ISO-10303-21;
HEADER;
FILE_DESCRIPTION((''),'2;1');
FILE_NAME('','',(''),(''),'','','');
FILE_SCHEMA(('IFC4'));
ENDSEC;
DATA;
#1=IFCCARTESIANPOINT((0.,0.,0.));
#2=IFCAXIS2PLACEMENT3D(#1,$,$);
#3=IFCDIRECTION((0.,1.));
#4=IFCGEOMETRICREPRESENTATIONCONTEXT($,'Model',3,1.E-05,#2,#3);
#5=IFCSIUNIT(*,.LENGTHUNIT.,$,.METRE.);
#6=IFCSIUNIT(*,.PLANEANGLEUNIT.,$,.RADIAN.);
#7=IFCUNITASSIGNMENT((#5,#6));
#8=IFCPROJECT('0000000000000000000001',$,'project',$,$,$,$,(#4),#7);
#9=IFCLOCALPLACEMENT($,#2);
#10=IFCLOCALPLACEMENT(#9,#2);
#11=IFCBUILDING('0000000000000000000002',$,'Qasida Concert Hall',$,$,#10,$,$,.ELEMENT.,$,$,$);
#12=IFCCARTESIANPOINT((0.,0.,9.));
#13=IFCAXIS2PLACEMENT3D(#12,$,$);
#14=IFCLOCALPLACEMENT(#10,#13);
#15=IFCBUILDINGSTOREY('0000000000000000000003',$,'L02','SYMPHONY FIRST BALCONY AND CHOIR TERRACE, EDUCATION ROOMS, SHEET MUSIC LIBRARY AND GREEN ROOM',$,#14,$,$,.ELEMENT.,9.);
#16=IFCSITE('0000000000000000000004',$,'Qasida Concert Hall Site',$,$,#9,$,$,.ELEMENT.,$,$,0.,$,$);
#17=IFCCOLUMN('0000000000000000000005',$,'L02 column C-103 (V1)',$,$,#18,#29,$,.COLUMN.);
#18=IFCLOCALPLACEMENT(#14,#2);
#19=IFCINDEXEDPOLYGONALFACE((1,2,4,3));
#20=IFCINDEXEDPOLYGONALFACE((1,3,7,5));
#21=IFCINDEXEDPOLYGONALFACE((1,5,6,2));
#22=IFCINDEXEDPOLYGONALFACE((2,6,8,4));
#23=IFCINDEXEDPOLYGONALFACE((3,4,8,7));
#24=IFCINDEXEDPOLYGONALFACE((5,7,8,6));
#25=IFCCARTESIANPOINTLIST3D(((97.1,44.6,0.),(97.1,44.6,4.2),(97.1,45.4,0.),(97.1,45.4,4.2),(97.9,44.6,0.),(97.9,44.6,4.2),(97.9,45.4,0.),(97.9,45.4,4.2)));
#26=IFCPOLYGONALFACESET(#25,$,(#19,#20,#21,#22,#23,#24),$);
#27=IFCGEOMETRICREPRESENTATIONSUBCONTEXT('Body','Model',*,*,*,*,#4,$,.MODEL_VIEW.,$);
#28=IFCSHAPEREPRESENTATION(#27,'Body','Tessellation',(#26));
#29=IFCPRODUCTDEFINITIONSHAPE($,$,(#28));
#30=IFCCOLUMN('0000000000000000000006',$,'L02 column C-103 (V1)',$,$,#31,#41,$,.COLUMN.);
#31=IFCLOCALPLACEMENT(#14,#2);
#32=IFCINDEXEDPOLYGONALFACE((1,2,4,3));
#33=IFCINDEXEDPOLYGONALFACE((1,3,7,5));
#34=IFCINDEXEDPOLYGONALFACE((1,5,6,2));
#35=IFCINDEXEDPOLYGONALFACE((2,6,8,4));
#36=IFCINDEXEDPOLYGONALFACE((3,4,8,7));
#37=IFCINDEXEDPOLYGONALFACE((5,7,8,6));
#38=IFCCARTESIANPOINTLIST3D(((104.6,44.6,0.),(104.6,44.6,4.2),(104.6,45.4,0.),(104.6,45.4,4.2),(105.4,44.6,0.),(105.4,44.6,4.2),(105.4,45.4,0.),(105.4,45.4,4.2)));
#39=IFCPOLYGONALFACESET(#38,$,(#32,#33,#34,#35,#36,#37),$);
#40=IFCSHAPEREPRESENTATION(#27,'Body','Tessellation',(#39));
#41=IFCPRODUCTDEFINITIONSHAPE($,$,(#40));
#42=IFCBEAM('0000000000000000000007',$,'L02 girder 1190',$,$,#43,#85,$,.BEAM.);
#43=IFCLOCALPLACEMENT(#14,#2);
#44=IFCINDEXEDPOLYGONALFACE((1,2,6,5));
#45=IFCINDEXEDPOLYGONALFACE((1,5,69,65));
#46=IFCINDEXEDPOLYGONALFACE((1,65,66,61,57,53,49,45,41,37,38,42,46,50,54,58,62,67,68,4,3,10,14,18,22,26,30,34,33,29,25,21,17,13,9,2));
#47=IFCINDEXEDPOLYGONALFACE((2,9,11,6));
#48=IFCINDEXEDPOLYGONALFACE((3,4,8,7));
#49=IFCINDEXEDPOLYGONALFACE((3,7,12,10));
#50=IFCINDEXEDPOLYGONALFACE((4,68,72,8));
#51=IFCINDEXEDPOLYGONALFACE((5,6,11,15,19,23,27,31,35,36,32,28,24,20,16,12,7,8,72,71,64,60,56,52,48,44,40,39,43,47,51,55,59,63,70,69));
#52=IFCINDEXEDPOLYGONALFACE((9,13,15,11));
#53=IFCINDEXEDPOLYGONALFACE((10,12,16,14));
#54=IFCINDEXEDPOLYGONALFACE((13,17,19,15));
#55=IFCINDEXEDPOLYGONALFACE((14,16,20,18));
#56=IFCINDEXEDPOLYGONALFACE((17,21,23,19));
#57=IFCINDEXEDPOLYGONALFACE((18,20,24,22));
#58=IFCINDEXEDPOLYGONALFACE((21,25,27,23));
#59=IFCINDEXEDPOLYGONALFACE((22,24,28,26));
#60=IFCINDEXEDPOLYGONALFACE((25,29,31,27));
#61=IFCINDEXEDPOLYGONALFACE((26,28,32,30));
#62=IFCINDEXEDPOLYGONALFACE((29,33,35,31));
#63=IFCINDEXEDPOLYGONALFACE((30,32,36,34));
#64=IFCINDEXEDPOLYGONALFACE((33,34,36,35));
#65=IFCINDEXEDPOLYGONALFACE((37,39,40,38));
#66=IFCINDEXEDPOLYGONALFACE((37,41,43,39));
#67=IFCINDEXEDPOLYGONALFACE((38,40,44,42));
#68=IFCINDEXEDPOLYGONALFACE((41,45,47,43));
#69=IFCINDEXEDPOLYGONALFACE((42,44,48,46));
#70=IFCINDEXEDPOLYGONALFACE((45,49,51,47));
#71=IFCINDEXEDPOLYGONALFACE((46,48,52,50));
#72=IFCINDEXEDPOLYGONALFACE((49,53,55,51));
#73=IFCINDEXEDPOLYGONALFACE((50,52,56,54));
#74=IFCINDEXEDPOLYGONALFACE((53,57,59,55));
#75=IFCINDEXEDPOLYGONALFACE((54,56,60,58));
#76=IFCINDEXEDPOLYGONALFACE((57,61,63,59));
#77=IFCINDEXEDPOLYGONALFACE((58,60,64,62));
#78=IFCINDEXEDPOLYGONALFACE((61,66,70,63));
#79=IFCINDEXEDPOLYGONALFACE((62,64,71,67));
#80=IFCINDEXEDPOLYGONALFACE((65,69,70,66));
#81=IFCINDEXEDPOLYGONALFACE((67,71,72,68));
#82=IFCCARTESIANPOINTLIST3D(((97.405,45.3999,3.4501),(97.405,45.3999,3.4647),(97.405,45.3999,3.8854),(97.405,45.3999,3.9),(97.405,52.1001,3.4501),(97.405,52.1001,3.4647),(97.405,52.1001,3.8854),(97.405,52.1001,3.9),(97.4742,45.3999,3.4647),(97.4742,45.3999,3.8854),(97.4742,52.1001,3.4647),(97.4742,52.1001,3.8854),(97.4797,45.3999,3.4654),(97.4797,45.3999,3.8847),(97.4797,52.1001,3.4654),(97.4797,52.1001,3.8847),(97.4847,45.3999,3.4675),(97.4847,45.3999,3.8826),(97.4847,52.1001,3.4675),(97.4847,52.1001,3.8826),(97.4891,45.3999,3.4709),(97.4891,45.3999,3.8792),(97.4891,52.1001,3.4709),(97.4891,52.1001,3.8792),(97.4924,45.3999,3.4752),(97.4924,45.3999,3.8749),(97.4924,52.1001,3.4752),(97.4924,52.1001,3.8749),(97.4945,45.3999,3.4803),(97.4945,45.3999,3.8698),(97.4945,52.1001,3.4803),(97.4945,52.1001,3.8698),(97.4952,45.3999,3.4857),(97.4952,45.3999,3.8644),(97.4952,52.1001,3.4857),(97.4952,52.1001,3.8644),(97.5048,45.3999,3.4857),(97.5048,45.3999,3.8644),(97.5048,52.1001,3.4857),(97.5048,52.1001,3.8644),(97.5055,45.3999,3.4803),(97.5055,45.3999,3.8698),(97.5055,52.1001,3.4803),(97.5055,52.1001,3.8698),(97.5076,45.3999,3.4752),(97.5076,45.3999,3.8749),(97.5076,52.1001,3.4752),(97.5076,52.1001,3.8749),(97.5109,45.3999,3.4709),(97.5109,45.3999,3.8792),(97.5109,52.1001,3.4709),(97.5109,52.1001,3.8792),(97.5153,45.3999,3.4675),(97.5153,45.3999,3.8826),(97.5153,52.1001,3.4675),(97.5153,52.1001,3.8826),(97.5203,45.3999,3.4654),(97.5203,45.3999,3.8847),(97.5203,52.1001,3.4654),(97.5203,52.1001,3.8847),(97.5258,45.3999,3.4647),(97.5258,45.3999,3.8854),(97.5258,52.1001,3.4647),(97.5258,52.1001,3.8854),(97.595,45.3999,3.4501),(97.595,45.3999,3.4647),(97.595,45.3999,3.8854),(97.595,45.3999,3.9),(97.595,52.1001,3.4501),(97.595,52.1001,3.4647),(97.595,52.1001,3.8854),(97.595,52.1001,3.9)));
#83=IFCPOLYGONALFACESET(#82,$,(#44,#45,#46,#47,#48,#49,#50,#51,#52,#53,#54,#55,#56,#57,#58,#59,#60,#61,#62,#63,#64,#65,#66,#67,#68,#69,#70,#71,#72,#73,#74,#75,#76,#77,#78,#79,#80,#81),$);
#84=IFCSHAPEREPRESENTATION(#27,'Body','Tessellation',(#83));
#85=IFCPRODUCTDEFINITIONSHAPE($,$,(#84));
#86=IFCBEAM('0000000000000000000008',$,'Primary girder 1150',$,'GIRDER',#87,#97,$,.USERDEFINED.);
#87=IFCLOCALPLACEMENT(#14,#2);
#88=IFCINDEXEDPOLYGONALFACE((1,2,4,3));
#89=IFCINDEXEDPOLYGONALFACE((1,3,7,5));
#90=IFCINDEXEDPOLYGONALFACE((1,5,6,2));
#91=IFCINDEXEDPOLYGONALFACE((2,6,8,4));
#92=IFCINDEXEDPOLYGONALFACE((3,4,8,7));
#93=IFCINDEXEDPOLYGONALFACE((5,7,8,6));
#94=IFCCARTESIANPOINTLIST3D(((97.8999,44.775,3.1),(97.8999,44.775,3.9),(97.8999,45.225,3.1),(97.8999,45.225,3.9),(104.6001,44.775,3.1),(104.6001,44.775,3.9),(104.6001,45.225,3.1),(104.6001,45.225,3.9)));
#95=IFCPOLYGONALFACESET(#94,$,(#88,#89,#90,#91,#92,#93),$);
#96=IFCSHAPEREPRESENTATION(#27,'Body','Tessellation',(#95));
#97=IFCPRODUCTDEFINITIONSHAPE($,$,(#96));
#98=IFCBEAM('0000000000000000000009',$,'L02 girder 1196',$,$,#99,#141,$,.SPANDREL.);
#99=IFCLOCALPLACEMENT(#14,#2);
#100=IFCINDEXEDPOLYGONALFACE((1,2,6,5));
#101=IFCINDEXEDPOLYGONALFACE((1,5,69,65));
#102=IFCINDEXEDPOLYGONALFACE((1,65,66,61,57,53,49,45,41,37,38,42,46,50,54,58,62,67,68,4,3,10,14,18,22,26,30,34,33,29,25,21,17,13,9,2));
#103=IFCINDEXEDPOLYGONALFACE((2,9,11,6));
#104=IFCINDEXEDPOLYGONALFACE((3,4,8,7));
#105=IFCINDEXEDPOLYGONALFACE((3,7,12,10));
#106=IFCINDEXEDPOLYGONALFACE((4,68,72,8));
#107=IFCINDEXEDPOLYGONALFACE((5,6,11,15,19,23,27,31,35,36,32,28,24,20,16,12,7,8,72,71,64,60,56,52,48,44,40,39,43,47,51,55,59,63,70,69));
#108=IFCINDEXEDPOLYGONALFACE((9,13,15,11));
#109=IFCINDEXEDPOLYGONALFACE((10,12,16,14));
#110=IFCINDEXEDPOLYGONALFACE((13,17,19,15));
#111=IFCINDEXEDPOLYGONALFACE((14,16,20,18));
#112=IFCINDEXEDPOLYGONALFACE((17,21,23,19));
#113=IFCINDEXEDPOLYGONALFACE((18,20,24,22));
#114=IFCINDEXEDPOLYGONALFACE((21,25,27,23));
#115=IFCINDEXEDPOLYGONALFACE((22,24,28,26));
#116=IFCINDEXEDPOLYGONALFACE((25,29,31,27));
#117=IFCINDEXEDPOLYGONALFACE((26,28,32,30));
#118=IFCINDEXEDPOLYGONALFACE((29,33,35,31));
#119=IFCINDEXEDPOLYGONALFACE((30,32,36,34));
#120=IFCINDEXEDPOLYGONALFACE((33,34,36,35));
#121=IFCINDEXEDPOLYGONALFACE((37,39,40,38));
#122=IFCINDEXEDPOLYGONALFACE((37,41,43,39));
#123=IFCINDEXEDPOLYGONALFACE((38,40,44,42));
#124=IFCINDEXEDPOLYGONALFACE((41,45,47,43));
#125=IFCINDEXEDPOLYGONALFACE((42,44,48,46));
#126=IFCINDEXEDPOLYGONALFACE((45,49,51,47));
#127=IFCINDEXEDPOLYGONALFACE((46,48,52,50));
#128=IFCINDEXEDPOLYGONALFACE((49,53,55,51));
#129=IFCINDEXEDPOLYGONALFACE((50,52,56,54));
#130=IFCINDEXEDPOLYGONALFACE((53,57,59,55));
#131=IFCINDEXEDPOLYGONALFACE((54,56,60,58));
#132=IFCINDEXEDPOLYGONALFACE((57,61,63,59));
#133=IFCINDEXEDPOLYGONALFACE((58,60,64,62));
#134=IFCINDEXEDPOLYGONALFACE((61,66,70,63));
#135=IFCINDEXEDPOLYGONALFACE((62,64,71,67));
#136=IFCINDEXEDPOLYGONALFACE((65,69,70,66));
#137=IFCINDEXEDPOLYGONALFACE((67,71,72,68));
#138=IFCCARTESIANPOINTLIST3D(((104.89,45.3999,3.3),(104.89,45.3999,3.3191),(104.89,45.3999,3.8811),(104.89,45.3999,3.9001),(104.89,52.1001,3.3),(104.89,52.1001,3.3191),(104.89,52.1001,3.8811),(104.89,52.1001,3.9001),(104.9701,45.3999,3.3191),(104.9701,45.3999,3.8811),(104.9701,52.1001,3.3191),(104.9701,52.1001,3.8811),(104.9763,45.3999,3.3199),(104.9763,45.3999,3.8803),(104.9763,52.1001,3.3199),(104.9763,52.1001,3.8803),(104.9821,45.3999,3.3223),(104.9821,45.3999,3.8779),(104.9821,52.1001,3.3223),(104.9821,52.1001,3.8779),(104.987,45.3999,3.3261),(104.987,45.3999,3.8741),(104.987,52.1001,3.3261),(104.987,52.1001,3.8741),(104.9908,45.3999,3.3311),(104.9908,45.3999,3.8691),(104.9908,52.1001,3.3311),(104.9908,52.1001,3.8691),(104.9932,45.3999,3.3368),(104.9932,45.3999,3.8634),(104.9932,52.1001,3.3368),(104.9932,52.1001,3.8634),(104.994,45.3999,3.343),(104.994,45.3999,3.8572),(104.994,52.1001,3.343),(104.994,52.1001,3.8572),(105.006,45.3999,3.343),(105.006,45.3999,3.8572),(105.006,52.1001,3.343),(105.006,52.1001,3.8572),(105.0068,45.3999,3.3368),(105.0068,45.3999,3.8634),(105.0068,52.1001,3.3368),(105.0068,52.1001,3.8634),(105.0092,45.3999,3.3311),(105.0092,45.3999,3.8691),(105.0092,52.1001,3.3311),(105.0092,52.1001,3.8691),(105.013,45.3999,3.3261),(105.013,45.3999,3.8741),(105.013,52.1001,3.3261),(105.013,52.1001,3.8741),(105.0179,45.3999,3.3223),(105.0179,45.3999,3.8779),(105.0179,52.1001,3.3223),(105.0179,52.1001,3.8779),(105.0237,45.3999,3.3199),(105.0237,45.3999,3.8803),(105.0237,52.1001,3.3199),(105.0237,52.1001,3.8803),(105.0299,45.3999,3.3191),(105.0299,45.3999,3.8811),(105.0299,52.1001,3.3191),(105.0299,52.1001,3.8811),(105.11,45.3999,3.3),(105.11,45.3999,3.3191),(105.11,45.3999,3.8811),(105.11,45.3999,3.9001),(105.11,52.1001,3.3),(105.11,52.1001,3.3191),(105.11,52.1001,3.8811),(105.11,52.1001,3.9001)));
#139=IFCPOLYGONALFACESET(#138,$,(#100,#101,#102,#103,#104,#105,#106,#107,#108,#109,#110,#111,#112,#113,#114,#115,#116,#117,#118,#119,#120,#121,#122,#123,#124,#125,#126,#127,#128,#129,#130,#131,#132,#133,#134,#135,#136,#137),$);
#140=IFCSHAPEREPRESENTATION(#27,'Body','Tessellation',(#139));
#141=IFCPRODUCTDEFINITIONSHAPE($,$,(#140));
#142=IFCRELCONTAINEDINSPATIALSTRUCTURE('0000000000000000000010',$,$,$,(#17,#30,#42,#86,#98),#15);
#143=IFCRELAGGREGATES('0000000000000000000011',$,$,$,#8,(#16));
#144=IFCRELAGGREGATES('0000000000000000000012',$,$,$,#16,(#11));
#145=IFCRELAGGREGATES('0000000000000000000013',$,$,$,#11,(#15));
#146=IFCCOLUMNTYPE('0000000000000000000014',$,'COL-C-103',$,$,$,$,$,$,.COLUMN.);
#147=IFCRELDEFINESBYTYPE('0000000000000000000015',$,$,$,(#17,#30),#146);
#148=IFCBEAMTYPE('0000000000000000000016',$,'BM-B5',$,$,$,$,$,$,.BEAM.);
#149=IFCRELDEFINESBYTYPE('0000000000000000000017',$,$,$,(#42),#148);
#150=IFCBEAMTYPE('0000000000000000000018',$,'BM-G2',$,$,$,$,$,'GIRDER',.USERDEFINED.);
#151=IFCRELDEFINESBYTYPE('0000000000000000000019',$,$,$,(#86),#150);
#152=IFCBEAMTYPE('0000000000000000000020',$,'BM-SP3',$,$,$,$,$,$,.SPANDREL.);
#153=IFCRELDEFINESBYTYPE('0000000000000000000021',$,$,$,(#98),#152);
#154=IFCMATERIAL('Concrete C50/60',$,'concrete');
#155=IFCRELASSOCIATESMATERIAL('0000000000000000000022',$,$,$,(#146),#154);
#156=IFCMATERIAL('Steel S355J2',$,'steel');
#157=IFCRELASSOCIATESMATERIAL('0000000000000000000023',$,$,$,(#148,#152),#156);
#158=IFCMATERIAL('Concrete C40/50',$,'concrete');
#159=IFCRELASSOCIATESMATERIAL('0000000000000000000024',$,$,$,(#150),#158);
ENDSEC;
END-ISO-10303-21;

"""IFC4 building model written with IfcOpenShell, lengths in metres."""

from ifc_helpers import new_model, si_unit, direction, frame, origin, origin_2d, place, context, subcontext, project, spatial, rectangle, i_section, extrude, material, material_profile, profile_set, type_object, element, save


model = new_model("IFC4")

# Units and contexts
model_context = context("Model", 3, precision=1e-05, world=origin(), true_north=direction((0.0, 1.0)))
body_context = subcontext(model_context, "Body", "Model", "MODEL_VIEW")
ifc_project = project(units=[si_unit("LENGTHUNIT", "METRE"), si_unit("PLANEANGLEUNIT", "RADIAN")], contexts=[model_context])

# Site, building, storey
site_placement = place(None, origin())
site = spatial("IfcSite", under=ifc_project, at=site_placement, Name="Qasida Concert Hall Site", CompositionType="ELEMENT", RefElevation=0.0)
building_placement = place(site_placement, origin())
building = spatial("IfcBuilding", under=site, at=building_placement, Name="Qasida Concert Hall", CompositionType="ELEMENT")
storey_placement = place(building_placement, frame((0.0, 0.0, 9.0)))
storey = spatial("IfcBuildingStorey", under=building, at=storey_placement, Name="L02", Description="SYMPHONY FIRST BALCONY AND CHOIR TERRACE, EDUCATION ROOMS, SHEET MUSIC LIBRARY AND GREEN ROOM", CompositionType="ELEMENT", Elevation=9.0)

# Columns
ifc_material_1 = material(Name="Concrete C50/60", Category="concrete")
ifc_material_profile_1 = material_profile(ifc_material_1, rectangle(XDim=0.8, YDim=0.8, at=origin_2d()), Name="RC 800x800")
ifc_profile_set_1 = profile_set([ifc_material_profile_1], Name="Concrete C50/60")
column_type = type_object("IfcColumnType", Name="COL-C-103", PredefinedType="COLUMN", material=ifc_profile_set_1)
for number, where, z_axis, x_axis, name in (
    (1, (97.5, 45.0, 0.0), (0.0, 0.0, 1.0), (1.0, 0.0, 0.0), "L02 column C-103 (V1)"),
    (2, (105.0, 45.0, 0.0), (0.0, 0.0, 1.0), (1.0, 0.0, 0.0), "L02 column C-103 (V1)"),
):
    element("IfcColumn", number, at=place(storey_placement, frame(where, z_axis=z_axis, x_axis=x_axis)), inside=storey, type_object=column_type, Name=name, PredefinedType="COLUMN", context=body_context, shape_type="SweptSolid", body=[
        extrude(rectangle(XDim=0.8, YDim=0.8, at=origin_2d()), origin(), (0.0, 0.0, 1.0), 4.2),
    ])

# Beams
ifc_material_2 = material(Name="Steel S355J2", Category="steel")
ifc_material_profile_2 = material_profile(ifc_material_2, i_section(OverallWidth=0.1899, OverallDepth=0.45, WebThickness=0.0095, FlangeThickness=0.0146, FilletRadius=0.021, at=origin_2d()), Name="IPE 450")
ifc_profile_set_2 = profile_set([ifc_material_profile_2], Name="Steel S355J2")
beam_type_1 = type_object("IfcBeamType", Name="BM-B5", PredefinedType="BEAM", material=ifc_profile_set_2)
beam_1_placement = place(storey_placement, frame((97.5, 45.3999, 3.675), z_axis=(0.0, 1.0, 0.0), x_axis=(-1.0, 0.0, 0.0)))
element("IfcBeam", 3, at=beam_1_placement, inside=storey, type_object=beam_type_1, Name="L02 girder 1190", PredefinedType="BEAM", context=body_context, shape_type="SweptSolid", body=[
    extrude(i_section(OverallWidth=0.1899, OverallDepth=0.45, WebThickness=0.0095, FlangeThickness=0.0146, FilletRadius=0.021, at=origin_2d()), origin(), (0.0, 0.0, 1.0), 6.7002),
])
ifc_material_3 = material(Name="Concrete C40/50", Category="concrete")
ifc_material_profile_3 = material_profile(ifc_material_3, rectangle(XDim=0.45, YDim=0.8, at=origin_2d()), Name="RC 450x800")
ifc_profile_set_3 = profile_set([ifc_material_profile_3], Name="Concrete C40/50")
beam_type_2 = type_object("IfcBeamType", Name="BM-G2", ElementType="GIRDER", PredefinedType="USERDEFINED", material=ifc_profile_set_3)
beam_2_placement = place(storey_placement, frame((97.8999, 45.0, 3.5), z_axis=(1.0, 0.0, 0.0), x_axis=(0.0, 1.0, 0.0)))
element("IfcBeam", 4, at=beam_2_placement, inside=storey, type_object=beam_type_2, Name="Primary girder 1150", ObjectType="GIRDER", PredefinedType="USERDEFINED", context=body_context, shape_type="SweptSolid", body=[
    extrude(rectangle(XDim=0.45, YDim=0.8, at=origin_2d()), origin(), (0.0, 0.0, 1.0), 6.7002),
])
ifc_material_profile_4 = material_profile(ifc_material_2, i_section(OverallWidth=0.22, OverallDepth=0.6001, WebThickness=0.012, FlangeThickness=0.019, FilletRadius=0.0239, at=origin_2d()), Name="IPE 600")
ifc_profile_set_4 = profile_set([ifc_material_profile_4], Name="Steel S355J2")
beam_type_3 = type_object("IfcBeamType", Name="BM-SP3", PredefinedType="SPANDREL", material=ifc_profile_set_4)
beam_3_placement = place(storey_placement, frame((105.0, 45.3999, 3.6001), z_axis=(0.0, 1.0, 0.0), x_axis=(-1.0, 0.0, 0.0)))
element("IfcBeam", 5, at=beam_3_placement, inside=storey, type_object=beam_type_3, Name="L02 girder 1196", PredefinedType="SPANDREL", context=body_context, shape_type="SweptSolid", body=[
    extrude(i_section(OverallWidth=0.22, OverallDepth=0.6001, WebThickness=0.012, FlangeThickness=0.019, FilletRadius=0.0239, at=origin_2d()), origin(), (0.0, 0.0, 1.0), 6.7002),
])

save(model, "model.ifc")
